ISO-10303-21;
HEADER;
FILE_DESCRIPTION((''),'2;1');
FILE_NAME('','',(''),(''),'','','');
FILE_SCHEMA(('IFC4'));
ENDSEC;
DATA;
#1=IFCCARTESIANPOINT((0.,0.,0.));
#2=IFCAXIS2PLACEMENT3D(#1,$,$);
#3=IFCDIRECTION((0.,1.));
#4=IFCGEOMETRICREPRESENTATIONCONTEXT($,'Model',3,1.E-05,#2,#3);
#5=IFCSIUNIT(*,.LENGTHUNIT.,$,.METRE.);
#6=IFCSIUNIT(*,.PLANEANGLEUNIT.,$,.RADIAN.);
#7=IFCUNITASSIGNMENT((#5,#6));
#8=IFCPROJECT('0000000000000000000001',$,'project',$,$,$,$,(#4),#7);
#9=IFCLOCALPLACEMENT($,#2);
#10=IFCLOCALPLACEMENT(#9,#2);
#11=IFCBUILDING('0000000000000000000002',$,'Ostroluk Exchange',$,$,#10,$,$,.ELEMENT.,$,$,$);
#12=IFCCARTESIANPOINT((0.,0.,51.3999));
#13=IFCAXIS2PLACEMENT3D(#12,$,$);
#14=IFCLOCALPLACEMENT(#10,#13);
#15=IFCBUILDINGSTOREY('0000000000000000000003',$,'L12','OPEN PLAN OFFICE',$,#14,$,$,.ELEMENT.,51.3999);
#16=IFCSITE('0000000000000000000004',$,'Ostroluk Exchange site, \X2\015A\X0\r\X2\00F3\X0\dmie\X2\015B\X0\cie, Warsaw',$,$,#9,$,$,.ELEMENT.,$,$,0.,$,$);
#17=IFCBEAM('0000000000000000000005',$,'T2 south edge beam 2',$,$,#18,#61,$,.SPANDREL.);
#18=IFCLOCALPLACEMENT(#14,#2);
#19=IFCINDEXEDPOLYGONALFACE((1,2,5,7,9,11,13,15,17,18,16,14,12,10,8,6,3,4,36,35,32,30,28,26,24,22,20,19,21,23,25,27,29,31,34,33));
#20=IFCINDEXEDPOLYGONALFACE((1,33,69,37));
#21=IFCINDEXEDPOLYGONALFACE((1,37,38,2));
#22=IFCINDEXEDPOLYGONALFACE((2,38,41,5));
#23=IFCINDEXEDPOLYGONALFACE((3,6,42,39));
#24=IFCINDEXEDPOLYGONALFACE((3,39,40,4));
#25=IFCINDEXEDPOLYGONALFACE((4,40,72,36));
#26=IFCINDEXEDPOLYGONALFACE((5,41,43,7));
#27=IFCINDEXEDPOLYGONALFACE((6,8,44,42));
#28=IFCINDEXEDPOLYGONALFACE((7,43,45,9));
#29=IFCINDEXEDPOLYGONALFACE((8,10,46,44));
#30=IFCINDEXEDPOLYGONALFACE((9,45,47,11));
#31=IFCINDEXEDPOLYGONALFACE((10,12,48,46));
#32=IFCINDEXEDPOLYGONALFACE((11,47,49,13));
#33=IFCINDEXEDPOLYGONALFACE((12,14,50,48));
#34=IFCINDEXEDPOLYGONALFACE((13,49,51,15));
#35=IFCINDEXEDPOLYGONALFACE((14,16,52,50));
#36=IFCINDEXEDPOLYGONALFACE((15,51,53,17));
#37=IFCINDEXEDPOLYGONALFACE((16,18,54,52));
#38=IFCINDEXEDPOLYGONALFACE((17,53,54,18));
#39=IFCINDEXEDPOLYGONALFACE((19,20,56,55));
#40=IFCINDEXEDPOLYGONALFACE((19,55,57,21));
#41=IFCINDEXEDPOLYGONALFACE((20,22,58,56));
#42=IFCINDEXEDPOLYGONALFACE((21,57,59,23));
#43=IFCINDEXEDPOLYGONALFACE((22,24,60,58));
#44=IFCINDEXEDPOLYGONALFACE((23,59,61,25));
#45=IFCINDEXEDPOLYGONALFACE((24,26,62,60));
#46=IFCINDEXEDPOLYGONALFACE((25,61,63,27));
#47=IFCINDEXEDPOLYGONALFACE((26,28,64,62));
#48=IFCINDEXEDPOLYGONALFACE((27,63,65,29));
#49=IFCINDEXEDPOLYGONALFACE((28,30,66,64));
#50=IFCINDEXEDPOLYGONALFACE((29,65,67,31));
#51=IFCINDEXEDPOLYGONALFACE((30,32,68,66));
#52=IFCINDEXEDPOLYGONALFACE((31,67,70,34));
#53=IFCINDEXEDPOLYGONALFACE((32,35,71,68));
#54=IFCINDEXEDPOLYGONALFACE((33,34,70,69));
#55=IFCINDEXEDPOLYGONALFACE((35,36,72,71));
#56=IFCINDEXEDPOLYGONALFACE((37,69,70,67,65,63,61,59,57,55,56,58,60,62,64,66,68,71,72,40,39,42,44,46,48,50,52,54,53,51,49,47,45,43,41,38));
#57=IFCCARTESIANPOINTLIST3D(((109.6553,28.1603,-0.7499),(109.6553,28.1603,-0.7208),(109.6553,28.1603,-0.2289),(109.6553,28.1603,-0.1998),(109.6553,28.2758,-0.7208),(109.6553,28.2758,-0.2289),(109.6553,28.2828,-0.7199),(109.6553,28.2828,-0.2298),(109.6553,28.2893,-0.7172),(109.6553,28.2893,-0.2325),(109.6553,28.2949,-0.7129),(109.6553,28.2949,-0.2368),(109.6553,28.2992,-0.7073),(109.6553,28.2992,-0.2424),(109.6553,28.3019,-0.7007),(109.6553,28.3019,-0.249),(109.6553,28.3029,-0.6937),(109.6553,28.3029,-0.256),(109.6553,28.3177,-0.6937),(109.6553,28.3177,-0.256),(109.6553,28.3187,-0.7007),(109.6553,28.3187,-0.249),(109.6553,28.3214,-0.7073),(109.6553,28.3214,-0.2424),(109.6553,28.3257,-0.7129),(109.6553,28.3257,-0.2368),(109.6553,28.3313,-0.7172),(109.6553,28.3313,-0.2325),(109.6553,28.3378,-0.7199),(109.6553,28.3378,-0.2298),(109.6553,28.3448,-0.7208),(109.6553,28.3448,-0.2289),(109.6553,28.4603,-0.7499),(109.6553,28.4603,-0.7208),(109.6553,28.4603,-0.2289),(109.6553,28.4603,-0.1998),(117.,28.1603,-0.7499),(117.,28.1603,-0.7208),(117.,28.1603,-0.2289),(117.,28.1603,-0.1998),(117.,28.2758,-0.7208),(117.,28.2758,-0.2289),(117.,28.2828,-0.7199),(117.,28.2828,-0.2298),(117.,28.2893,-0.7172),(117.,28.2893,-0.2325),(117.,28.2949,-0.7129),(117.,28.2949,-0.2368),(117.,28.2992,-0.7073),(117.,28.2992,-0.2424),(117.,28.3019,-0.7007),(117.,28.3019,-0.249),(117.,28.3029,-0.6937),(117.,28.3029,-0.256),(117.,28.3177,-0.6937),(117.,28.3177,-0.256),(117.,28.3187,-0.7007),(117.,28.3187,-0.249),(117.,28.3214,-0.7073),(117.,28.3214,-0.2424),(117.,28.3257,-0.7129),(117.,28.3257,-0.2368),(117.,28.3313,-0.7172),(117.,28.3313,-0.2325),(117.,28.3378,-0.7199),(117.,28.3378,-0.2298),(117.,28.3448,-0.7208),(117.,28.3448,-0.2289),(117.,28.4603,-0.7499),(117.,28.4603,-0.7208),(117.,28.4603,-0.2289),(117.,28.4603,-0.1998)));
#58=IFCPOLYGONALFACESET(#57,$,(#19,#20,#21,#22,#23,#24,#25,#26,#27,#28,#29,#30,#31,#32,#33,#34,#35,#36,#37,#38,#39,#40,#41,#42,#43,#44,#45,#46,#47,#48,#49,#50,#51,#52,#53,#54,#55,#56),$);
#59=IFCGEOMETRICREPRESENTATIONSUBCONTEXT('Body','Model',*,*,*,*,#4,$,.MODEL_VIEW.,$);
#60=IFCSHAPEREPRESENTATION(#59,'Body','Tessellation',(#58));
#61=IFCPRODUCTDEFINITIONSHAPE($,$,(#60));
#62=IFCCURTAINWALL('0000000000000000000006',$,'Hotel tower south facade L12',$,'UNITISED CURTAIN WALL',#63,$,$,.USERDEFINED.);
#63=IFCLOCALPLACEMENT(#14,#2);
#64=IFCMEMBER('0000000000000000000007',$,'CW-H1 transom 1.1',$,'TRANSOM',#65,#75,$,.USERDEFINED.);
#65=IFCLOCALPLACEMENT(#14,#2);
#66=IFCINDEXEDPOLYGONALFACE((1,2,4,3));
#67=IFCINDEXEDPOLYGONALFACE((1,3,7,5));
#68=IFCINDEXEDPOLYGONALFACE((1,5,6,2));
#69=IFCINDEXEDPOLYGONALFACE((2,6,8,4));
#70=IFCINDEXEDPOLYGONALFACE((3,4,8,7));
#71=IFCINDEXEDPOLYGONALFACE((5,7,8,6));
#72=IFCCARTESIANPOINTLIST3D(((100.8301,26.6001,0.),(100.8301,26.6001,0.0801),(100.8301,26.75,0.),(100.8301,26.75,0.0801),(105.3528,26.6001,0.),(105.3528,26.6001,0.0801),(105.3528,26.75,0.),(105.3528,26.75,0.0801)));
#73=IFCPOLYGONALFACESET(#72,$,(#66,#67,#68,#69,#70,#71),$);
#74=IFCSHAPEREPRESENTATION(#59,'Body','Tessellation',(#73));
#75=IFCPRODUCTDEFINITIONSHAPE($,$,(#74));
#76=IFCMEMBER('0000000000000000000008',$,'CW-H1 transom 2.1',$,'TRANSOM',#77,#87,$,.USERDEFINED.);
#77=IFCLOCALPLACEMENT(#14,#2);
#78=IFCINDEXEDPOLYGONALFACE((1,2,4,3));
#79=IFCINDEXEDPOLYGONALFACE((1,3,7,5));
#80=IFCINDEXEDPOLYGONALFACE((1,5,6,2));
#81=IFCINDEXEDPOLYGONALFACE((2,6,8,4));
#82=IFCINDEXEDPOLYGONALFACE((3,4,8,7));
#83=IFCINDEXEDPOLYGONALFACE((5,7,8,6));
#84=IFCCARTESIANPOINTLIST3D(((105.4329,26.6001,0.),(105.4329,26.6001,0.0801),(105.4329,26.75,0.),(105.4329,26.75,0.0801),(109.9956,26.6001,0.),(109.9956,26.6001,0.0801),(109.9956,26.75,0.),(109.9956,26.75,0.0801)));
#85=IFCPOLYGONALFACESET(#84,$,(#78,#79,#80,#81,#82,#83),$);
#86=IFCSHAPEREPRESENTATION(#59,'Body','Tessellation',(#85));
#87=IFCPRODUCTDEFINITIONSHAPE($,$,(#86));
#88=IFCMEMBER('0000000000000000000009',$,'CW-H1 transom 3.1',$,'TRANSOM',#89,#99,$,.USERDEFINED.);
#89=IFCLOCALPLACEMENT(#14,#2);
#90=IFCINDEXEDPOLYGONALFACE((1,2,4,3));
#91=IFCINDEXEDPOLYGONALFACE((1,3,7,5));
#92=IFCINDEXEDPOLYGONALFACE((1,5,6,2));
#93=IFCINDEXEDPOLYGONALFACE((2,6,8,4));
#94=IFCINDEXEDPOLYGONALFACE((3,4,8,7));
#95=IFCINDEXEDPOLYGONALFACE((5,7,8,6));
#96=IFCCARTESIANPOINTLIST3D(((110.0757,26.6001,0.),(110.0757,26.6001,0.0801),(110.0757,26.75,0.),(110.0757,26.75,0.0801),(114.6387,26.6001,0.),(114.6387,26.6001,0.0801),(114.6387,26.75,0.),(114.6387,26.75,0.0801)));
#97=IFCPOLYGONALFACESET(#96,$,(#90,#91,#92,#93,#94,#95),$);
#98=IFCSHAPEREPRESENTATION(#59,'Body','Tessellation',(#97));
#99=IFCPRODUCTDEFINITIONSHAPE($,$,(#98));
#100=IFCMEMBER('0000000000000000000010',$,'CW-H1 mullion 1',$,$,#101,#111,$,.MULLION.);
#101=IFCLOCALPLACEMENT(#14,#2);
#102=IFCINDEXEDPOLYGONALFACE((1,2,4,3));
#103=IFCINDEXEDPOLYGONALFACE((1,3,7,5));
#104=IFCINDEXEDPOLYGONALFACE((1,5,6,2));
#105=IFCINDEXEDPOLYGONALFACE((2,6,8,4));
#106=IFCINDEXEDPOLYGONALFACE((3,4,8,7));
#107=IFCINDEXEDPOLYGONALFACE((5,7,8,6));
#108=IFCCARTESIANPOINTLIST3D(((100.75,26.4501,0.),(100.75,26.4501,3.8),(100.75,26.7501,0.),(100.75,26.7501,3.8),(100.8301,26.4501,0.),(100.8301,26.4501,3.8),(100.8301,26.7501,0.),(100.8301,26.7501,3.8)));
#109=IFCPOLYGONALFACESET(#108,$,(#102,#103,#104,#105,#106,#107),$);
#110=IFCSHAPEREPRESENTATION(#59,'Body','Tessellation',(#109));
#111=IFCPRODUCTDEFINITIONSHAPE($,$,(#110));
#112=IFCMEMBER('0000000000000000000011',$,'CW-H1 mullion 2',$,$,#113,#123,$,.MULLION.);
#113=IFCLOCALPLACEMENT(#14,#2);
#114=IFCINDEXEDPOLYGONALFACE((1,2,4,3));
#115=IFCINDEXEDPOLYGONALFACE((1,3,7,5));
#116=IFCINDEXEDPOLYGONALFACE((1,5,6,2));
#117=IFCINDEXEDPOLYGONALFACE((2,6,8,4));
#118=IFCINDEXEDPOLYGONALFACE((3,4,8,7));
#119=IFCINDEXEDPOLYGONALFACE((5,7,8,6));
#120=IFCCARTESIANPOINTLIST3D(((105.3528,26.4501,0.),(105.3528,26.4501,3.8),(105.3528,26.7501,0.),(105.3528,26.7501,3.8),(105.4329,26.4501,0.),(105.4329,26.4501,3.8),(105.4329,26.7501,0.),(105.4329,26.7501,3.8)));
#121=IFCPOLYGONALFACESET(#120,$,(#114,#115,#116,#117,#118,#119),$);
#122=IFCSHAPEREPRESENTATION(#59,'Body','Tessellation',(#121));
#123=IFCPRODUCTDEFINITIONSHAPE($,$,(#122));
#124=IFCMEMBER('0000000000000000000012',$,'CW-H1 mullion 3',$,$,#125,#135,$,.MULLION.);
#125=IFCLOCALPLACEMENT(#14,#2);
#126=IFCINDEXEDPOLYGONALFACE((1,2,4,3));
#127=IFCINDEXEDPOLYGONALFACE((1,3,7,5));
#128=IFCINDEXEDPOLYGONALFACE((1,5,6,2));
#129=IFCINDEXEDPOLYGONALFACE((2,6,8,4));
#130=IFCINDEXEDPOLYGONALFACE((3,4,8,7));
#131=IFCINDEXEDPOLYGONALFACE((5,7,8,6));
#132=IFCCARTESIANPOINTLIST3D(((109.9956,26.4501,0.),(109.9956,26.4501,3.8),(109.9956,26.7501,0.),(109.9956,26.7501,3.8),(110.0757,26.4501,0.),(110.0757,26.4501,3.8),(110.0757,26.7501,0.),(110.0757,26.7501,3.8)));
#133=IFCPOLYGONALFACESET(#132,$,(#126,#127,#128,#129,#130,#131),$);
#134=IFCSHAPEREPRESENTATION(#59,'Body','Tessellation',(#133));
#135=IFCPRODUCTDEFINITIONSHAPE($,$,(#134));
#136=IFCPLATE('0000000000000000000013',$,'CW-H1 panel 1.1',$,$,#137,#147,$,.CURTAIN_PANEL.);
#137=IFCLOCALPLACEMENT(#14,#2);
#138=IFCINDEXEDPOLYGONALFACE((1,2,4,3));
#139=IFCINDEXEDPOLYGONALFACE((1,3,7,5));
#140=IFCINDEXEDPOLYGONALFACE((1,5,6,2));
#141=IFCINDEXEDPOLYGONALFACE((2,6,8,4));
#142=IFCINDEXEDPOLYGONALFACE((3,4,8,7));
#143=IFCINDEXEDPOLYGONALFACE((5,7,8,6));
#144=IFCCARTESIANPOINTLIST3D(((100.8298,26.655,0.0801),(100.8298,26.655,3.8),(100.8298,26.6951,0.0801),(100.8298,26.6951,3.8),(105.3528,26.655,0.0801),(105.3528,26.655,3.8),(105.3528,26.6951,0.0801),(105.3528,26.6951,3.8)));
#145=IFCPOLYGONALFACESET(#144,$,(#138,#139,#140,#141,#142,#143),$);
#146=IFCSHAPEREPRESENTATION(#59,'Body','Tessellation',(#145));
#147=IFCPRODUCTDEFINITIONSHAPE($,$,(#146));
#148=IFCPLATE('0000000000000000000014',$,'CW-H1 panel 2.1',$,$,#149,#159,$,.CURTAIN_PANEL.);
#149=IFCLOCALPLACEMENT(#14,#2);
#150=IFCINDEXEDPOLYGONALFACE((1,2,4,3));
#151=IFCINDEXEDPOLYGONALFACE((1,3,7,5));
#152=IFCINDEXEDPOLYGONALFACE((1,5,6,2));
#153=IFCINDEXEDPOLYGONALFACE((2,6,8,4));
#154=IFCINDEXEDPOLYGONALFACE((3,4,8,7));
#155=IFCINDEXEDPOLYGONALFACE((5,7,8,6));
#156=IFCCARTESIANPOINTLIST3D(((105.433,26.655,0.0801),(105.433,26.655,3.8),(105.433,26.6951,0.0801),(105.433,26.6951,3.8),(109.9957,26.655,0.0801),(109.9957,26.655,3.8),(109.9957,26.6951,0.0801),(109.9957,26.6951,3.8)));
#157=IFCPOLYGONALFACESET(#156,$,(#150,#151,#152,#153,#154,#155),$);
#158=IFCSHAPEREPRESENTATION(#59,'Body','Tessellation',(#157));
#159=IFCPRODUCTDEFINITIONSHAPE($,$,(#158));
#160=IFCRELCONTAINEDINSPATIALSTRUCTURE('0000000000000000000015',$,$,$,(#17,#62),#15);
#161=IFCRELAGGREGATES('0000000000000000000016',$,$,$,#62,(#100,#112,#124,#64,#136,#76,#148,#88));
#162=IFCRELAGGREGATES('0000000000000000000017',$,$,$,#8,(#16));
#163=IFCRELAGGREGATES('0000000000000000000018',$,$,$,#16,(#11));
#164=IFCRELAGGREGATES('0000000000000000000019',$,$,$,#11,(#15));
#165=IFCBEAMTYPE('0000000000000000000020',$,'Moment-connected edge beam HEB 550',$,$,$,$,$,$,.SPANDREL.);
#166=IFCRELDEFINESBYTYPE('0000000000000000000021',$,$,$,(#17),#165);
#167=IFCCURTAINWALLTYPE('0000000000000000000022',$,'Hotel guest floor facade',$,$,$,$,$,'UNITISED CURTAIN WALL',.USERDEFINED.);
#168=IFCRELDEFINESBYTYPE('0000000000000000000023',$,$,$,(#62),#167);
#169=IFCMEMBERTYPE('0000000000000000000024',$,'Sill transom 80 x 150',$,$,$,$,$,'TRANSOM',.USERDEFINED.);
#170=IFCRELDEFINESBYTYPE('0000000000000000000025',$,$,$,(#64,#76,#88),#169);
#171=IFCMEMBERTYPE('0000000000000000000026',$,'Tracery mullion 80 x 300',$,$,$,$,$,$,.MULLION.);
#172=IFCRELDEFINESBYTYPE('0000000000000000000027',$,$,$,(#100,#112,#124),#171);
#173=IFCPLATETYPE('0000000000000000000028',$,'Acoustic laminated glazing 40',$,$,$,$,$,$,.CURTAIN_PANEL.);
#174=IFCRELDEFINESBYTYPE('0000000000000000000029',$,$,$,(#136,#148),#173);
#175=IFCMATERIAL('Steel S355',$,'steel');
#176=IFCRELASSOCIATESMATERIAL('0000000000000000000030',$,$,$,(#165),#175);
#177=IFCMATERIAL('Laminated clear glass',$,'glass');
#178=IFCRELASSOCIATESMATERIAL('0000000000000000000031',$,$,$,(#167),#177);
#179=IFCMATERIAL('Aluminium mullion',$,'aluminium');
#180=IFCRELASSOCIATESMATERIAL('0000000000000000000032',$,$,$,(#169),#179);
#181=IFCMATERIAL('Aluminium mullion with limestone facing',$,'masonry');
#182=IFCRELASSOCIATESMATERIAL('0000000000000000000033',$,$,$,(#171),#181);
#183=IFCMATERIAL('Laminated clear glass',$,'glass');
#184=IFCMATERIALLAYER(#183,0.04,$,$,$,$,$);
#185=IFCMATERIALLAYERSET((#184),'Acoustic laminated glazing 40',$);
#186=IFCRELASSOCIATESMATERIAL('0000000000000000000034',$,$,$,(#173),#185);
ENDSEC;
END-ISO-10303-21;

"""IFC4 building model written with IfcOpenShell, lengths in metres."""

from ifc_helpers import new_model, si_unit, direction, frame, origin, origin_2d, place, context, subcontext, project, spatial, rectangle, i_section, extrude, material, layer, layer_set, material_profile, profile_set, type_object, element, aggregate, save


model = new_model("IFC4")

# Units and contexts
model_context = context("Model", 3, precision=1e-05, world=origin(), true_north=direction((0.0, 1.0)))
body_context = subcontext(model_context, "Body", "Model", "MODEL_VIEW")
ifc_project = project(units=[si_unit("LENGTHUNIT", "METRE"), si_unit("PLANEANGLEUNIT", "RADIAN")], contexts=[model_context])

# Site, building, storey
site_placement = place(None, origin())
site = spatial("IfcSite", under=ifc_project, at=site_placement, Name="Ostroluk Exchange site, Śródmieście, Warsaw", CompositionType="ELEMENT", RefElevation=0.0)
building_placement = place(site_placement, origin())
building = spatial("IfcBuilding", under=site, at=building_placement, Name="Ostroluk Exchange", CompositionType="ELEMENT")
storey_placement = place(building_placement, frame((0.0, 0.0, 51.3999)))
storey = spatial("IfcBuildingStorey", under=building, at=storey_placement, Name="L12", Description="OPEN PLAN OFFICE", CompositionType="ELEMENT", Elevation=51.3999)

# Beam
ifc_material_1 = material(Name="Steel S355", Category="steel")
ifc_material_profile_1 = material_profile(ifc_material_1, i_section(OverallWidth=0.3, OverallDepth=0.55, WebThickness=0.0149, FlangeThickness=0.0291, FilletRadius=0.0271, at=origin_2d()), Name="HEB 550")
ifc_profile_set_1 = profile_set([ifc_material_profile_1], Name="Steel S355")
beam_type_1 = type_object("IfcBeamType", Name="Moment-connected edge beam HEB 550", PredefinedType="SPANDREL", material=ifc_profile_set_1)
beam_1_placement = place(storey_placement, frame((109.6553, 28.3103, -0.4749), z_axis=(1.0, 0.0, 0.0), x_axis=(0.0, 1.0, 0.0)))
element("IfcBeam", 1, at=beam_1_placement, inside=storey, type_object=beam_type_1, Name="T2 south edge beam 2", PredefinedType="SPANDREL", context=body_context, shape_type="SweptSolid", body=[
    extrude(i_section(OverallWidth=0.3, OverallDepth=0.55, WebThickness=0.0149, FlangeThickness=0.0291, FilletRadius=0.0271, at=origin_2d()), origin(), (0.0, 0.0, 1.0), 7.3447),
])

# Curtain wall, members, plates
ifc_material_2 = material(Name="Laminated clear glass", Category="glass")
curtain_wall_type = type_object("IfcCurtainWallType", Name="Hotel guest floor facade", ElementType="UNITISED CURTAIN WALL", PredefinedType="USERDEFINED", material=ifc_material_2)
curtain_wall_placement = place(storey_placement, origin())
curtain_wall = element("IfcCurtainWall", 2, at=curtain_wall_placement, inside=storey, type_object=curtain_wall_type, Name="Hotel tower south facade L12", ObjectType="UNITISED CURTAIN WALL", PredefinedType="USERDEFINED")
ifc_material_3 = material(Name="Aluminium mullion", Category="aluminium")
ifc_material_profile_2 = material_profile(ifc_material_3, rectangle(XDim=0.1499, YDim=0.0801, at=origin_2d()), Name="Sill transom 80 x 150")
ifc_profile_set_2 = profile_set([ifc_material_profile_2], Name="Aluminium mullion")
member_type_1 = type_object("IfcMemberType", Name="Sill transom 80 x 150", ElementType="TRANSOM", PredefinedType="USERDEFINED", material=ifc_profile_set_2)
member_1_placement = place(storey_placement, frame((100.8301, 26.675, 0.04), z_axis=(1.0, 0.0, 0.0), x_axis=(0.0, 1.0, 0.0)))
member_1 = element("IfcMember", 3, at=member_1_placement, type_object=member_type_1, Name="CW-H1 transom 1.1", ObjectType="TRANSOM", PredefinedType="USERDEFINED", context=body_context, shape_type="SweptSolid", body=[
    extrude(rectangle(XDim=0.1499, YDim=0.0801, at=origin_2d()), origin(), (0.0, 0.0, 1.0), 4.5227),
])
member_2_placement = place(storey_placement, frame((105.4329, 26.675, 0.04), z_axis=(1.0, 0.0, 0.0), x_axis=(0.0, 1.0, 0.0)))
member_2 = element("IfcMember", 4, at=member_2_placement, type_object=member_type_1, Name="CW-H1 transom 2.1", ObjectType="TRANSOM", PredefinedType="USERDEFINED", context=body_context, shape_type="SweptSolid", body=[
    extrude(rectangle(XDim=0.1499, YDim=0.0801, at=origin_2d()), origin(), (0.0, 0.0, 1.0), 4.5627),
])
member_3_placement = place(storey_placement, frame((110.0757, 26.675, 0.04), z_axis=(1.0, 0.0, 0.0), x_axis=(0.0, 1.0, 0.0)))
member_3 = element("IfcMember", 5, at=member_3_placement, type_object=member_type_1, Name="CW-H1 transom 3.1", ObjectType="TRANSOM", PredefinedType="USERDEFINED", context=body_context, shape_type="SweptSolid", body=[
    extrude(rectangle(XDim=0.1499, YDim=0.0801, at=origin_2d()), origin(), (0.0, 0.0, 1.0), 4.563),
])
ifc_material_4 = material(Name="Aluminium mullion with limestone facing", Category="masonry")
ifc_material_profile_3 = material_profile(ifc_material_4, rectangle(XDim=0.3, YDim=0.0801, at=origin_2d()), Name="Tracery mullion 80 x 300")
ifc_profile_set_3 = profile_set([ifc_material_profile_3], Name="Aluminium mullion with limestone facing")
member_type_2 = type_object("IfcMemberType", Name="Tracery mullion 80 x 300", PredefinedType="MULLION", material=ifc_profile_set_3)
member_4_placement = place(storey_placement, frame((100.79, 26.6001, 0.0), z_axis=(0.0, 0.0, 1.0), x_axis=(0.0, 1.0, 0.0)))
member_4 = element("IfcMember", 6, at=member_4_placement, type_object=member_type_2, Name="CW-H1 mullion 1", PredefinedType="MULLION", context=body_context, shape_type="SweptSolid", body=[
    extrude(rectangle(XDim=0.3, YDim=0.0801, at=origin_2d()), origin(), (0.0, 0.0, 1.0), 3.8),
])
member_5_placement = place(storey_placement, frame((105.3928, 26.6001, 0.0), z_axis=(0.0, 0.0, 1.0), x_axis=(0.0, 1.0, 0.0)))
member_5 = element("IfcMember", 7, at=member_5_placement, type_object=member_type_2, Name="CW-H1 mullion 2", PredefinedType="MULLION", context=body_context, shape_type="SweptSolid", body=[
    extrude(rectangle(XDim=0.3, YDim=0.0801, at=origin_2d()), origin(), (0.0, 0.0, 1.0), 3.8),
])
member_6_placement = place(storey_placement, frame((110.0356, 26.6001, 0.0), z_axis=(0.0, 0.0, 1.0), x_axis=(0.0, 1.0, 0.0)))
member_6 = element("IfcMember", 8, at=member_6_placement, type_object=member_type_2, Name="CW-H1 mullion 3", PredefinedType="MULLION", context=body_context, shape_type="SweptSolid", body=[
    extrude(rectangle(XDim=0.3, YDim=0.0801, at=origin_2d()), origin(), (0.0, 0.0, 1.0), 3.8),
])
ifc_material_5 = material(Name="Laminated clear glass", Category="glass")
ifc_layer_1 = layer(ifc_material_5, 0.04)
ifc_layer_set_1 = layer_set([ifc_layer_1], Name="Acoustic laminated glazing 40")
plate_type = type_object("IfcPlateType", Name="Acoustic laminated glazing 40", PredefinedType="CURTAIN_PANEL", material=ifc_layer_set_1)
plate_1_placement = place(storey_placement, frame((103.0913, 26.675, 0.0801), z_axis=(0.0, 0.0, 1.0), x_axis=(1.0, 0.0, 0.0)))
plate_1 = element("IfcPlate", 9, at=plate_1_placement, type_object=plate_type, Name="CW-H1 panel 1.1", PredefinedType="CURTAIN_PANEL", context=body_context, shape_type="SweptSolid", body=[
    extrude(rectangle(XDim=4.5229, YDim=0.04, at=origin_2d()), origin(), (0.0, 0.0, 1.0), 3.72),
])
plate_2_placement = place(storey_placement, frame((107.7144, 26.675, 0.0801), z_axis=(0.0, 0.0, 1.0), x_axis=(1.0, 0.0, 0.0)))
plate_2 = element("IfcPlate", 10, at=plate_2_placement, type_object=plate_type, Name="CW-H1 panel 2.1", PredefinedType="CURTAIN_PANEL", context=body_context, shape_type="SweptSolid", body=[
    extrude(rectangle(XDim=4.5627, YDim=0.04, at=origin_2d()), origin(), (0.0, 0.0, 1.0), 3.72),
])
aggregate(curtain_wall, [member_4, member_5, member_6, member_1, plate_1, member_2, plate_2, member_3])

save(model, "model.ifc")
